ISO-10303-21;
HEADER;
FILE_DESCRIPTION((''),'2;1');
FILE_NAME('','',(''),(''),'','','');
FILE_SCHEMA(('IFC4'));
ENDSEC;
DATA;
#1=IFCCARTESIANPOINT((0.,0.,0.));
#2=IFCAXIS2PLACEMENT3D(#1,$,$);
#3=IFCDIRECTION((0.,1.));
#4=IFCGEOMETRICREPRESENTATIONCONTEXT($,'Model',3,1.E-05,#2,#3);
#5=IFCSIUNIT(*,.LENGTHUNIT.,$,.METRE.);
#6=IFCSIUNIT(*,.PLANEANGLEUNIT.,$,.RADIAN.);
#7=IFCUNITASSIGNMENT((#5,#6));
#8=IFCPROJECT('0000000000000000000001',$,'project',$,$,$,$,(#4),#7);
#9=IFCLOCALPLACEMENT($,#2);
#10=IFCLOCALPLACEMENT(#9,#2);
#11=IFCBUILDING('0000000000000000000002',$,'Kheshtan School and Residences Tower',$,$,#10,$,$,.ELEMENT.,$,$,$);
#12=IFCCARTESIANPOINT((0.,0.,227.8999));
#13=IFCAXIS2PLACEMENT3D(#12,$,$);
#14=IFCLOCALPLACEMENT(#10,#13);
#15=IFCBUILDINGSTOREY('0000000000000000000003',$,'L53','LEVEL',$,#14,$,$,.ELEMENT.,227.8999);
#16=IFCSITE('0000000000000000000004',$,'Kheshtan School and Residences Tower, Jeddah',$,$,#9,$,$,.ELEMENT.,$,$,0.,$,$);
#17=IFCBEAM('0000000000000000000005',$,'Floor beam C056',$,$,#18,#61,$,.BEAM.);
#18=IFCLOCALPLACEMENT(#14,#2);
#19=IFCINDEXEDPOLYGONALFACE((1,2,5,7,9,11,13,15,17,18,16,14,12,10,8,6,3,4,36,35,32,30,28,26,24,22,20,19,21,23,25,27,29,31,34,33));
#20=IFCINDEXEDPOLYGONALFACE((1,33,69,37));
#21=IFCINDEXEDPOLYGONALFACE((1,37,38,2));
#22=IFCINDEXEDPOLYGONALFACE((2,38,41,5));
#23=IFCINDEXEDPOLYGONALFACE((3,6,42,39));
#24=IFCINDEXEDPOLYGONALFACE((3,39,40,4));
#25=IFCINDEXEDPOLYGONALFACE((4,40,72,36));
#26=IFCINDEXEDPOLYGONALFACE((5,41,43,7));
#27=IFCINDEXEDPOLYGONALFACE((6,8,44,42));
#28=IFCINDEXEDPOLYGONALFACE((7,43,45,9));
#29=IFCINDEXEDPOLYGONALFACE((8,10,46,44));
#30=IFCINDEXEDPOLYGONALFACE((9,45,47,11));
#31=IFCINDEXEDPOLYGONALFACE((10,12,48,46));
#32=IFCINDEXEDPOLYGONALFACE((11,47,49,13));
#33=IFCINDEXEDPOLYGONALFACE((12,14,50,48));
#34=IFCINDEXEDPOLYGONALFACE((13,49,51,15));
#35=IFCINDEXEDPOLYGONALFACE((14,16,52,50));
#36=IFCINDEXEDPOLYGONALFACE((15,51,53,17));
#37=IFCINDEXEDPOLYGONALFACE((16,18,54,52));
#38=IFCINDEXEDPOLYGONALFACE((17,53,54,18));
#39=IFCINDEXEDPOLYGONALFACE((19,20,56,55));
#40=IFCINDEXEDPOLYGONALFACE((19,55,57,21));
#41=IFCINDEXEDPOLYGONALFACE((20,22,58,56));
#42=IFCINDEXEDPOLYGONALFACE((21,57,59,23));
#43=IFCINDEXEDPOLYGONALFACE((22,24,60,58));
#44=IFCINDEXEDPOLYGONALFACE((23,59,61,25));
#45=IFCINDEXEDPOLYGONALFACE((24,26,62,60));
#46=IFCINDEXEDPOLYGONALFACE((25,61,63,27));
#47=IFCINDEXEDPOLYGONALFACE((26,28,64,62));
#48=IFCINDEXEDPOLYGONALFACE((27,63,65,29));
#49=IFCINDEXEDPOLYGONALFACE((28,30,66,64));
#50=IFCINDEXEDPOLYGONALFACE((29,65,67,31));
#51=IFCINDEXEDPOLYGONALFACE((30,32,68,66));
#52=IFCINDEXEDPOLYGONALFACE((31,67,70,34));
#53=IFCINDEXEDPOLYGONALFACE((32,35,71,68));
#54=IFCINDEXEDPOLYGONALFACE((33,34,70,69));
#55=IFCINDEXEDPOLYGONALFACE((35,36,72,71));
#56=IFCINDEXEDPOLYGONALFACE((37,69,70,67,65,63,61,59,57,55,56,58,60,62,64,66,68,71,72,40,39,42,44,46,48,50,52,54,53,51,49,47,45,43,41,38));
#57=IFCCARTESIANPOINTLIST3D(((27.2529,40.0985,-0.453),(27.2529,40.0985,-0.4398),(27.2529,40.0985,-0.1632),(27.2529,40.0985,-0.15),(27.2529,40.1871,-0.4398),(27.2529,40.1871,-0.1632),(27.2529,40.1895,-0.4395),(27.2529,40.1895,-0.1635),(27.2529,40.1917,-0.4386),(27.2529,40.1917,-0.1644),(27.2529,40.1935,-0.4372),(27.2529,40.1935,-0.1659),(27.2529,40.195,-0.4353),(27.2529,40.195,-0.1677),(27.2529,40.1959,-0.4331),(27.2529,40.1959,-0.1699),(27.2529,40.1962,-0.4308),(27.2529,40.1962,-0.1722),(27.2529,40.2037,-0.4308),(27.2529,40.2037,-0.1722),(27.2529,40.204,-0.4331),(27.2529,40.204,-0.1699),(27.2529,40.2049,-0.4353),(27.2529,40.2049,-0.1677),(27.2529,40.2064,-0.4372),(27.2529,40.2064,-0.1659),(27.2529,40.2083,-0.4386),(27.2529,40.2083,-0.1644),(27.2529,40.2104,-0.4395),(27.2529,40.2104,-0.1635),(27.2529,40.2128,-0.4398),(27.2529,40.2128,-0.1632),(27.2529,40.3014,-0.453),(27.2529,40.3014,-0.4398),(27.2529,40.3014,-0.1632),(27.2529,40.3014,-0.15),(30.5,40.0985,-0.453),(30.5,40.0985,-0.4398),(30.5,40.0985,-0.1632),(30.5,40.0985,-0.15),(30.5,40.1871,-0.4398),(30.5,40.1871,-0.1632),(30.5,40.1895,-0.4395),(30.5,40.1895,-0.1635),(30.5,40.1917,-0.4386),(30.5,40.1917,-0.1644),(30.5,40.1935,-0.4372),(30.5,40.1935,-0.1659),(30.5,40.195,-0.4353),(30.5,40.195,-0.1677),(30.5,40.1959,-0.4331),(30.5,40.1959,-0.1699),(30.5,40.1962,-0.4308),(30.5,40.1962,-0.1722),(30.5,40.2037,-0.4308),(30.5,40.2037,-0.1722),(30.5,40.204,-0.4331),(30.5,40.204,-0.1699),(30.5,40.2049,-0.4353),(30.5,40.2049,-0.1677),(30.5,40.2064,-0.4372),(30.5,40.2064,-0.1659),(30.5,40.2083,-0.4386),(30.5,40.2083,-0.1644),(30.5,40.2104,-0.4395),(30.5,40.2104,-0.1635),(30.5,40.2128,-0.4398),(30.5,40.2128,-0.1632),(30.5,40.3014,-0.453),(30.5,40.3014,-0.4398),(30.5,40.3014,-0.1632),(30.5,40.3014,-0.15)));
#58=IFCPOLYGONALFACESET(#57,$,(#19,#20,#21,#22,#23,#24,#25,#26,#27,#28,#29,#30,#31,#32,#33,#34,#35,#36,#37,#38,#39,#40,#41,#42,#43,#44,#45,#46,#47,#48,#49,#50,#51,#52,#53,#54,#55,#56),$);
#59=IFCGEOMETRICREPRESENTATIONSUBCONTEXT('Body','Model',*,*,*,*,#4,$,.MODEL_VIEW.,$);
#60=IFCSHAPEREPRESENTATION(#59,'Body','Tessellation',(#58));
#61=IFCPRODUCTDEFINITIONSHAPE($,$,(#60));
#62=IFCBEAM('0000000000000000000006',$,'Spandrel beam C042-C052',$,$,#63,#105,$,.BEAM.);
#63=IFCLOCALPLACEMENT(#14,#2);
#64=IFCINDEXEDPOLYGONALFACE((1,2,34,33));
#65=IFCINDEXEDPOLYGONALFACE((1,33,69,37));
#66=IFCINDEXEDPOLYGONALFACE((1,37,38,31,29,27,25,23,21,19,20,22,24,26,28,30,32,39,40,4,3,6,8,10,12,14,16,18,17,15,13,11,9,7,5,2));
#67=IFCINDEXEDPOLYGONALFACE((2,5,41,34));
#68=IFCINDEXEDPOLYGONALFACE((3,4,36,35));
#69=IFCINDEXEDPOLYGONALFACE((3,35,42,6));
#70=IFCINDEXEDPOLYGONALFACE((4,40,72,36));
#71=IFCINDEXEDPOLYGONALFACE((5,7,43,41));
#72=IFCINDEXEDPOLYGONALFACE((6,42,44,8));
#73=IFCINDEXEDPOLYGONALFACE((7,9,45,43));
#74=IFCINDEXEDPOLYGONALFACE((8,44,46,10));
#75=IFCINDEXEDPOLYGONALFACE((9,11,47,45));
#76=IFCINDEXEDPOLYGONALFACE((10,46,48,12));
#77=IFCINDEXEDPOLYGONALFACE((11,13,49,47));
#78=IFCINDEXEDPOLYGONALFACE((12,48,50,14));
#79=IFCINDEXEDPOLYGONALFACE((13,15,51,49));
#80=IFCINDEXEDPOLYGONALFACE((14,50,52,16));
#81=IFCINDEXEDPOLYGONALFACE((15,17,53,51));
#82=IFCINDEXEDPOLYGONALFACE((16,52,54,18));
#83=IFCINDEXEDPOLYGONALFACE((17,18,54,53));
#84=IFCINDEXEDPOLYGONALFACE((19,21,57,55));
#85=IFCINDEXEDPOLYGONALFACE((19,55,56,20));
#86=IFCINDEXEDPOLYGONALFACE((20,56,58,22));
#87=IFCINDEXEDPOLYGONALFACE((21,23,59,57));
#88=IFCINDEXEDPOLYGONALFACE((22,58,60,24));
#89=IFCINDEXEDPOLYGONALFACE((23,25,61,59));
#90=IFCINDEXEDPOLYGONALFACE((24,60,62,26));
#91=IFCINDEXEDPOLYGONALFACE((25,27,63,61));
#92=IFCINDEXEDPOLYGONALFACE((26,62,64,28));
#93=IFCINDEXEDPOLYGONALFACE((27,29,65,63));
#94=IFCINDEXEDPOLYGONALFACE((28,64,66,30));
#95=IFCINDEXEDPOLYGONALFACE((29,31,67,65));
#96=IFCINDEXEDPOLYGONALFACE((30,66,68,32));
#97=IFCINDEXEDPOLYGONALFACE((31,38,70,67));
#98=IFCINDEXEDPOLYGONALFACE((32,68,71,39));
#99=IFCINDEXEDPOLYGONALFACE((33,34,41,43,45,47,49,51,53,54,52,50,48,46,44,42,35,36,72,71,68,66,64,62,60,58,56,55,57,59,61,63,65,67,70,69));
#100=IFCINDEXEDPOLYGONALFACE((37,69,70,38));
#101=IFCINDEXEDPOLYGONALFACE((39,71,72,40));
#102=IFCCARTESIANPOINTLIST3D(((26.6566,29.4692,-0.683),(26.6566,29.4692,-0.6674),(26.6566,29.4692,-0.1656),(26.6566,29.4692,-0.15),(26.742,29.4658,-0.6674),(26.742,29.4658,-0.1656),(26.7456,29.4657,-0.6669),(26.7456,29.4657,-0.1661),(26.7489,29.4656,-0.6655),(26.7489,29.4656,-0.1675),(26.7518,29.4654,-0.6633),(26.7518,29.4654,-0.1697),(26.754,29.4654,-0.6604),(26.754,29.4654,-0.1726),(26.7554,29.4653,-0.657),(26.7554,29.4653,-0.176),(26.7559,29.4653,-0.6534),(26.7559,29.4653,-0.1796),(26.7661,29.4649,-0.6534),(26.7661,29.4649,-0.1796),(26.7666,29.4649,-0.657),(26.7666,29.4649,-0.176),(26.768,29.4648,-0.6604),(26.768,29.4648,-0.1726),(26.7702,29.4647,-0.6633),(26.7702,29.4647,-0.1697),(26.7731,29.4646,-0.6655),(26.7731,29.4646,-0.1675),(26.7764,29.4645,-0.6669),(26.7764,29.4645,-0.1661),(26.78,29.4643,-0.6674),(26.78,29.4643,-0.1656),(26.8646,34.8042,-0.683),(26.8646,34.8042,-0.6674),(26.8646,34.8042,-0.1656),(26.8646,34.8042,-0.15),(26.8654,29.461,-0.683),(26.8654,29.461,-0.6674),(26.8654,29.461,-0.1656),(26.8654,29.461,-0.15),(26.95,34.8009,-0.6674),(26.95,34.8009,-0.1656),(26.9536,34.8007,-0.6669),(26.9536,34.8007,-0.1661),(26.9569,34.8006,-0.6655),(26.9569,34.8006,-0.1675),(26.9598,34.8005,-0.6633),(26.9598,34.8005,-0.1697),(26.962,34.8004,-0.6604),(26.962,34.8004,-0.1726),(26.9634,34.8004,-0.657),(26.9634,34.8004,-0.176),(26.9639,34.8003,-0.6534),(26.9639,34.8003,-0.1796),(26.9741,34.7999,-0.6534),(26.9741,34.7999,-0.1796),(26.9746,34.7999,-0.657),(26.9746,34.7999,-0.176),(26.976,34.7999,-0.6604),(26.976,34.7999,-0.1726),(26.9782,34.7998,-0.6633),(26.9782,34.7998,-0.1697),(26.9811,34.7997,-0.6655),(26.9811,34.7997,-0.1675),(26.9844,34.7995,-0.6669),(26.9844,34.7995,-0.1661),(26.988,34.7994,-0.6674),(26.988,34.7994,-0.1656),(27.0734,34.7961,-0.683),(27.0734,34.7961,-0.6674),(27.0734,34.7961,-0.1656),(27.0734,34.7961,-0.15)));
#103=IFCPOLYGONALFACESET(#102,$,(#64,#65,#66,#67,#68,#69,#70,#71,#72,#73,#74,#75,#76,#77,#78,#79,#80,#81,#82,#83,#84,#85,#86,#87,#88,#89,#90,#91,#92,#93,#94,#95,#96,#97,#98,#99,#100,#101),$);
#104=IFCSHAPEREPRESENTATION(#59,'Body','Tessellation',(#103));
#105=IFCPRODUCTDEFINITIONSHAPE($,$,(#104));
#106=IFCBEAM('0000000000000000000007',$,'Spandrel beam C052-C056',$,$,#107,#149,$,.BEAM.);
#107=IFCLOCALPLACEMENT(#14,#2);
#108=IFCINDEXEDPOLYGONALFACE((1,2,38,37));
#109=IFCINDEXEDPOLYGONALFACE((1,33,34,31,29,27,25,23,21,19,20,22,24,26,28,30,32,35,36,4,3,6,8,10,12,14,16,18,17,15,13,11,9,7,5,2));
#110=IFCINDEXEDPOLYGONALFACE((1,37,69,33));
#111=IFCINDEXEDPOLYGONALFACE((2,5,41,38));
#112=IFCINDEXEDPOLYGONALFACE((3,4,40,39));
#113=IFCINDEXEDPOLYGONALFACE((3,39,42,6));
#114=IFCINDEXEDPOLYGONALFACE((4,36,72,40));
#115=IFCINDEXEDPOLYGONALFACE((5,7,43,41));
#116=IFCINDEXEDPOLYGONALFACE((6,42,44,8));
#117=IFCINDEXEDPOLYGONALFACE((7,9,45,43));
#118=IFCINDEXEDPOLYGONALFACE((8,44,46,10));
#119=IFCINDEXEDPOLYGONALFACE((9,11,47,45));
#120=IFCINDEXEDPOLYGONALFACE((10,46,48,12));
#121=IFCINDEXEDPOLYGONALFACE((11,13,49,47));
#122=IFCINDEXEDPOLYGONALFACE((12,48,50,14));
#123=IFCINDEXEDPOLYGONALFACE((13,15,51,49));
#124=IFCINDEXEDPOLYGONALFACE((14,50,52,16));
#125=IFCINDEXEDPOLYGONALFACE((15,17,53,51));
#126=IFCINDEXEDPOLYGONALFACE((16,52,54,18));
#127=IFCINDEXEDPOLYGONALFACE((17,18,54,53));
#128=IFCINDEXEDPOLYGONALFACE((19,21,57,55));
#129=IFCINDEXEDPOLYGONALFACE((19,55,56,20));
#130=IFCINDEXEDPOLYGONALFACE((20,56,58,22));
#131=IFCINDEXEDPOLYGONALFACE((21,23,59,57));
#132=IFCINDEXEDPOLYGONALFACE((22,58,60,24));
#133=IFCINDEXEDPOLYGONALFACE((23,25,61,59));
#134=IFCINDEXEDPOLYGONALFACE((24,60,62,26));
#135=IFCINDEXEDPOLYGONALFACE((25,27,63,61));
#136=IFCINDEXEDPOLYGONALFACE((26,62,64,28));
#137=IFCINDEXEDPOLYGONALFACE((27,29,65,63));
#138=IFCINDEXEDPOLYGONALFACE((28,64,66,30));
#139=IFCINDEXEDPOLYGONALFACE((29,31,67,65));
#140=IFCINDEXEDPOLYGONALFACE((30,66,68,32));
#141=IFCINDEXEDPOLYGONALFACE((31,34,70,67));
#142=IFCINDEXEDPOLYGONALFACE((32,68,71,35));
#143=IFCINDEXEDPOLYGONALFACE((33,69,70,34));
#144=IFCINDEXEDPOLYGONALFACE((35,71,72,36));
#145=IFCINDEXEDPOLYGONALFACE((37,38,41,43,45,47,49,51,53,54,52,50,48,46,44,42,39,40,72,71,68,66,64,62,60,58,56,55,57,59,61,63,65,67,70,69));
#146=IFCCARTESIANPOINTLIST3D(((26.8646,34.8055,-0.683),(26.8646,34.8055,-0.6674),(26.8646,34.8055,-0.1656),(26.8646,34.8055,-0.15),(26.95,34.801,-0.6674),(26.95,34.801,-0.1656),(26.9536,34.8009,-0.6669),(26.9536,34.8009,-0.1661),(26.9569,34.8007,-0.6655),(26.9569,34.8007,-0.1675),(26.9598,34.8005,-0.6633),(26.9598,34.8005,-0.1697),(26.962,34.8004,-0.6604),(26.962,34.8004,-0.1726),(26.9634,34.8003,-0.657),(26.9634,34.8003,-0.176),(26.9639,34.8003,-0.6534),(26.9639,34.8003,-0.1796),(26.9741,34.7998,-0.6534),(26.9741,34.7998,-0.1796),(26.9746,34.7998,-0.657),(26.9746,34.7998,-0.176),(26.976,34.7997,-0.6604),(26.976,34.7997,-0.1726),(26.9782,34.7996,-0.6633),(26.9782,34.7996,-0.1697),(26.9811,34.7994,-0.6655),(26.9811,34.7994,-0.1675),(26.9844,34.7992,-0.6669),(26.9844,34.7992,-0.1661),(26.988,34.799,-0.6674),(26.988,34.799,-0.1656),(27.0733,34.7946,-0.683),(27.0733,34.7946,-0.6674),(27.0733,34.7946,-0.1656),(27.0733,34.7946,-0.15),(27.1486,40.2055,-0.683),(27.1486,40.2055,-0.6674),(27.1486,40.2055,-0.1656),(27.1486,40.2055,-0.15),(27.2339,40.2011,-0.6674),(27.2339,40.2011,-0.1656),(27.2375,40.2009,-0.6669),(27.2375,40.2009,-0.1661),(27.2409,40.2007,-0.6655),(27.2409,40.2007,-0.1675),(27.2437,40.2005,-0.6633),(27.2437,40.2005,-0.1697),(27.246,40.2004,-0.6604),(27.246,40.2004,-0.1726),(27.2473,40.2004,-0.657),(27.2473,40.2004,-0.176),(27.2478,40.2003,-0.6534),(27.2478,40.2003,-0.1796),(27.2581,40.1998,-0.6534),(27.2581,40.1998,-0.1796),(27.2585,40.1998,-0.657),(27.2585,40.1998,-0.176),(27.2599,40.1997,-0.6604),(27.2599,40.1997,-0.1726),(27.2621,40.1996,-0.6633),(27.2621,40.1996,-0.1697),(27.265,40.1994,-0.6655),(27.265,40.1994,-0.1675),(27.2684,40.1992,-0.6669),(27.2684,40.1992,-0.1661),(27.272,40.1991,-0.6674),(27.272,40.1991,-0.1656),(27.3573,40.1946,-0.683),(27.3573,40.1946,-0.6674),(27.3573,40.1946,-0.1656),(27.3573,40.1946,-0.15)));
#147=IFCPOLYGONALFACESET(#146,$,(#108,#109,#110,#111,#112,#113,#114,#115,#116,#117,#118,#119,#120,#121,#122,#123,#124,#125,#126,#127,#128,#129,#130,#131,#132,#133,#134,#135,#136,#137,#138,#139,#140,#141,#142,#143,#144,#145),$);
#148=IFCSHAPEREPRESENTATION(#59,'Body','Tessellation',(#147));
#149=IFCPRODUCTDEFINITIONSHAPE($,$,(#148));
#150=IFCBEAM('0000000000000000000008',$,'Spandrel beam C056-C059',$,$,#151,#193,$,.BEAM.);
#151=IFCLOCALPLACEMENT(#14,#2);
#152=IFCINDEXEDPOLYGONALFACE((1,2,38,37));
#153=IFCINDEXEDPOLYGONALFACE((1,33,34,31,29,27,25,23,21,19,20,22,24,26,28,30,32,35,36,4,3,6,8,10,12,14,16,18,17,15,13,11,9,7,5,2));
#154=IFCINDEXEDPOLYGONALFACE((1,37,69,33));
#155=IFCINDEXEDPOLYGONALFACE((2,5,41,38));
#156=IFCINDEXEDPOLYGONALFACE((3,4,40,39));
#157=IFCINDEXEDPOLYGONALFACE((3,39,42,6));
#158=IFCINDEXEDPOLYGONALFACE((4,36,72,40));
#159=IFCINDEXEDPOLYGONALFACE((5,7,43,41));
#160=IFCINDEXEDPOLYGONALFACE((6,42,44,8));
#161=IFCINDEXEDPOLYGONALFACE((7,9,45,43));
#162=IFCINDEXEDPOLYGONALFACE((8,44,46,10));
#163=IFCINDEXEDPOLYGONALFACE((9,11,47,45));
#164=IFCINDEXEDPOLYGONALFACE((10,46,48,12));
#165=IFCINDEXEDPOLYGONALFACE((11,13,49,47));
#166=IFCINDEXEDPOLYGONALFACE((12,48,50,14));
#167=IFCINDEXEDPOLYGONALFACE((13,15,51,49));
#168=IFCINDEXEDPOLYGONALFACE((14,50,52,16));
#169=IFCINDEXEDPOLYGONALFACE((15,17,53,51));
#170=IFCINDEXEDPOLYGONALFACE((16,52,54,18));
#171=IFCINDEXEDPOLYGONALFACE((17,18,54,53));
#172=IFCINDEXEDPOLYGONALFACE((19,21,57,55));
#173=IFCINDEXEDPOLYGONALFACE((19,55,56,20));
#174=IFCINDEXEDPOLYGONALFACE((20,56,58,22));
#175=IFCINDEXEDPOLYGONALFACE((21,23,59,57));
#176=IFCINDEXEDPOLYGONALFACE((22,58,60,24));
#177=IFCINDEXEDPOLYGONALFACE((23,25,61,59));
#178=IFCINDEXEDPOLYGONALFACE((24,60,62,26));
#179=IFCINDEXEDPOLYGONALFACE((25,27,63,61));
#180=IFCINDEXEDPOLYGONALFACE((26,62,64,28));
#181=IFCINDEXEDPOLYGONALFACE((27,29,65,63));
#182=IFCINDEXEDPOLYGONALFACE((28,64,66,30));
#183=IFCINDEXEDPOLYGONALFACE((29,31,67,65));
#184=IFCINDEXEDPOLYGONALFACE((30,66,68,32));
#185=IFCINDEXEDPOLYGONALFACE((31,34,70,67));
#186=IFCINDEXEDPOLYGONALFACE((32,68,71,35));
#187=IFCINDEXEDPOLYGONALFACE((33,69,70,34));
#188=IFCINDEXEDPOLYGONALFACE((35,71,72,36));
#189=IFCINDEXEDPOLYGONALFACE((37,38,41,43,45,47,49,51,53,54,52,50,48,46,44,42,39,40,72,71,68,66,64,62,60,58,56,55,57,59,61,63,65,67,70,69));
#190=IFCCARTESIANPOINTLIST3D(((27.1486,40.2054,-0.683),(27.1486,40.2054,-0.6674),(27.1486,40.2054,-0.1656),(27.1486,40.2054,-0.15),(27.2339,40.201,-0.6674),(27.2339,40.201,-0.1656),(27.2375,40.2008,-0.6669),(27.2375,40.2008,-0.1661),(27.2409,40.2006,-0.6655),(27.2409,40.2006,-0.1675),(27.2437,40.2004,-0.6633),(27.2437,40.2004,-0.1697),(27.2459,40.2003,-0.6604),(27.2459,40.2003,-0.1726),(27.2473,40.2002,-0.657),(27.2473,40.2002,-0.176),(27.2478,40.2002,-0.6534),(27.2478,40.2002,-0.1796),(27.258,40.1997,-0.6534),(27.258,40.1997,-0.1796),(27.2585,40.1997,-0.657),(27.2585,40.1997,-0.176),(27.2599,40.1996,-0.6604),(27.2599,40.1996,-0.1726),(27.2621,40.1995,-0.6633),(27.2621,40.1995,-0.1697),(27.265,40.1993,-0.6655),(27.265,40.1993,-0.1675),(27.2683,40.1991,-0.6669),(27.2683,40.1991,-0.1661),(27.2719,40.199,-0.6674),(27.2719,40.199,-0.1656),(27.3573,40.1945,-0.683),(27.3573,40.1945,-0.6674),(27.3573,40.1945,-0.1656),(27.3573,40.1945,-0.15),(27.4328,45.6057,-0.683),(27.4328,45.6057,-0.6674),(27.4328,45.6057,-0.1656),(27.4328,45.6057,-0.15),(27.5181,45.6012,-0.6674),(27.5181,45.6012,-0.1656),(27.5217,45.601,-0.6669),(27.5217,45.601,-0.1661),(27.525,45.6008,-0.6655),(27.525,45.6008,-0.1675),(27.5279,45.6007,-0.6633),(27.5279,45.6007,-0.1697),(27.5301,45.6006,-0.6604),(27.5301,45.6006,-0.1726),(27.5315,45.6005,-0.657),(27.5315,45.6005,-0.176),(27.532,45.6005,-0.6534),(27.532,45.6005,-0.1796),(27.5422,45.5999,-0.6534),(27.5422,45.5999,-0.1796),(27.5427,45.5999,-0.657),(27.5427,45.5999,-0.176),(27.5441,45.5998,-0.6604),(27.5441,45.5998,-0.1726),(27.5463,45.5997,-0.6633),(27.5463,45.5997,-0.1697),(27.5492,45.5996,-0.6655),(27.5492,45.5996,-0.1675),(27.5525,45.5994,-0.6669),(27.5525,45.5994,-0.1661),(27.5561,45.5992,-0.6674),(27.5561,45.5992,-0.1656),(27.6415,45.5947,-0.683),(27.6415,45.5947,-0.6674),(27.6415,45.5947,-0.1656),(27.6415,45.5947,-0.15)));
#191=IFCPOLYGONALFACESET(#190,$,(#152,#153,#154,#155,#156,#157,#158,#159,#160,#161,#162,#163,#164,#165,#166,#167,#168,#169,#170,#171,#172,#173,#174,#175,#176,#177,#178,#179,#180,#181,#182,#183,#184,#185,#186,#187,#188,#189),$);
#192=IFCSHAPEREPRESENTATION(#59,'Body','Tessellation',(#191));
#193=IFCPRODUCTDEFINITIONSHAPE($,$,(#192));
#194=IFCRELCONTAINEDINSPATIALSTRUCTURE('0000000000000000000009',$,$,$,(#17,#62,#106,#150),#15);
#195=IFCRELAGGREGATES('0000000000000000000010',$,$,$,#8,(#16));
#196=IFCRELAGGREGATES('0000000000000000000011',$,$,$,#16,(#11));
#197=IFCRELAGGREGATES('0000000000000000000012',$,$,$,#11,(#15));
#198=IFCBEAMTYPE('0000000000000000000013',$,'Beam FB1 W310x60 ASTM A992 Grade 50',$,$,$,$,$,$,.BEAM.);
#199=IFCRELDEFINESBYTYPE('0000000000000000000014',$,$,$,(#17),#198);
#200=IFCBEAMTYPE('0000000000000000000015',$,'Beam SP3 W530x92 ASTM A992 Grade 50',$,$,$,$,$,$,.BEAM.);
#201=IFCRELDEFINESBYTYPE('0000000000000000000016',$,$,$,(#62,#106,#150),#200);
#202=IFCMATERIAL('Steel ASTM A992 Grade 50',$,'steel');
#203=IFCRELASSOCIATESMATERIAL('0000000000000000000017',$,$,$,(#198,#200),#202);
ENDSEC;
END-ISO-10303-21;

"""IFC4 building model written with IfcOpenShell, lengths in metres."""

from ifc_helpers import new_model, si_unit, direction, frame, origin, origin_2d, place, context, subcontext, project, spatial, i_section, extrude, material, material_profile, profile_set, type_object, element, save


model = new_model("IFC4")

# Units and contexts
model_context = context("Model", 3, precision=1e-05, world=origin(), true_north=direction((0.0, 1.0)))
body_context = subcontext(model_context, "Body", "Model", "MODEL_VIEW")
ifc_project = project(units=[si_unit("LENGTHUNIT", "METRE"), si_unit("PLANEANGLEUNIT", "RADIAN")], contexts=[model_context])

# Site, building, storey
site_placement = place(None, origin())
site = spatial("IfcSite", under=ifc_project, at=site_placement, Name="Kheshtan School and Residences Tower, Jeddah", CompositionType="ELEMENT", RefElevation=0.0)
building_placement = place(site_placement, origin())
building = spatial("IfcBuilding", under=site, at=building_placement, Name="Kheshtan School and Residences Tower", CompositionType="ELEMENT")
storey_placement = place(building_placement, frame((0.0, 0.0, 227.8999)))
storey = spatial("IfcBuildingStorey", under=building, at=storey_placement, Name="L53", Description="LEVEL", CompositionType="ELEMENT", Elevation=227.8999)

# Shared definitions
ifc_material_1 = material(Name="Steel ASTM A992 Grade 50", Category="steel")

# Beams
ifc_material_profile_1 = material_profile(ifc_material_1, i_section(OverallWidth=0.2029, OverallDepth=0.303, WebThickness=0.0076, FlangeThickness=0.0132, FilletRadius=0.009, at=origin_2d()), Name="W310x60")
ifc_profile_set_1 = profile_set([ifc_material_profile_1], Name="Steel ASTM A992 Grade 50")
beam_type_1 = type_object("IfcBeamType", Name="Beam FB1 W310x60 ASTM A992 Grade 50", PredefinedType="BEAM", material=ifc_profile_set_1)
beam_1_placement = place(storey_placement, frame((27.2529, 40.2, -0.3015), z_axis=(1.0, 0.0, 0.0), x_axis=(0.0, 1.0, 0.0)))
element("IfcBeam", 1, at=beam_1_placement, inside=storey, type_object=beam_type_1, Name="Floor beam C056", PredefinedType="BEAM", context=body_context, shape_type="SweptSolid", body=[
    extrude(i_section(OverallWidth=0.2029, OverallDepth=0.303, WebThickness=0.0076, FlangeThickness=0.0132, FilletRadius=0.009, at=origin_2d()), origin(), (0.0, 0.0, 1.0), 3.2471),
])
ifc_material_profile_2 = material_profile(ifc_material_1, i_section(OverallWidth=0.209, OverallDepth=0.533, WebThickness=0.0103, FlangeThickness=0.0156, FilletRadius=0.0139, at=origin_2d()), Name="W530x92")
ifc_profile_set_2 = profile_set([ifc_material_profile_2], Name="Steel ASTM A992 Grade 50")
beam_type_2 = type_object("IfcBeamType", Name="Beam SP3 W530x92 ASTM A992 Grade 50", PredefinedType="BEAM", material=ifc_profile_set_2)
beam_2_placement = place(storey_placement, frame((26.761, 29.4651, -0.4165), z_axis=(0.03896, 0.999241, 0.0), x_axis=(-0.999241, 0.03896, 0.0)))
element("IfcBeam", 2, at=beam_2_placement, inside=storey, type_object=beam_type_2, Name="Spandrel beam C042-C052", PredefinedType="BEAM", context=body_context, shape_type="SweptSolid", body=[
    extrude(i_section(OverallWidth=0.209, OverallDepth=0.533, WebThickness=0.0103, FlangeThickness=0.0156, FilletRadius=0.0139, at=origin_2d()), origin(), (0.0, 0.0, 1.0), 5.3391),
])
beam_3_placement = place(storey_placement, frame((26.969, 34.8, -0.4165), z_axis=(0.052509, 0.99862, 0.0), x_axis=(-0.99862, 0.052509, 0.0)))
element("IfcBeam", 3, at=beam_3_placement, inside=storey, type_object=beam_type_2, Name="Spandrel beam C052-C056", PredefinedType="BEAM", context=body_context, shape_type="SweptSolid", body=[
    extrude(i_section(OverallWidth=0.209, OverallDepth=0.533, WebThickness=0.0103, FlangeThickness=0.0156, FilletRadius=0.0139, at=origin_2d()), origin(), (0.0, 0.0, 1.0), 5.4075),
])
beam_4_placement = place(storey_placement, frame((27.2529, 40.2, -0.4165), z_axis=(0.052552, 0.998618, 0.0), x_axis=(-0.998618, 0.052552, 0.0)))
element("IfcBeam", 4, at=beam_4_placement, inside=storey, type_object=beam_type_2, Name="Spandrel beam C056-C059", PredefinedType="BEAM", context=body_context, shape_type="SweptSolid", body=[
    extrude(i_section(OverallWidth=0.209, OverallDepth=0.533, WebThickness=0.0103, FlangeThickness=0.0156, FilletRadius=0.0139, at=origin_2d()), origin(), (0.0, 0.0, 1.0), 5.4077),
])

save(model, "model.ifc")
